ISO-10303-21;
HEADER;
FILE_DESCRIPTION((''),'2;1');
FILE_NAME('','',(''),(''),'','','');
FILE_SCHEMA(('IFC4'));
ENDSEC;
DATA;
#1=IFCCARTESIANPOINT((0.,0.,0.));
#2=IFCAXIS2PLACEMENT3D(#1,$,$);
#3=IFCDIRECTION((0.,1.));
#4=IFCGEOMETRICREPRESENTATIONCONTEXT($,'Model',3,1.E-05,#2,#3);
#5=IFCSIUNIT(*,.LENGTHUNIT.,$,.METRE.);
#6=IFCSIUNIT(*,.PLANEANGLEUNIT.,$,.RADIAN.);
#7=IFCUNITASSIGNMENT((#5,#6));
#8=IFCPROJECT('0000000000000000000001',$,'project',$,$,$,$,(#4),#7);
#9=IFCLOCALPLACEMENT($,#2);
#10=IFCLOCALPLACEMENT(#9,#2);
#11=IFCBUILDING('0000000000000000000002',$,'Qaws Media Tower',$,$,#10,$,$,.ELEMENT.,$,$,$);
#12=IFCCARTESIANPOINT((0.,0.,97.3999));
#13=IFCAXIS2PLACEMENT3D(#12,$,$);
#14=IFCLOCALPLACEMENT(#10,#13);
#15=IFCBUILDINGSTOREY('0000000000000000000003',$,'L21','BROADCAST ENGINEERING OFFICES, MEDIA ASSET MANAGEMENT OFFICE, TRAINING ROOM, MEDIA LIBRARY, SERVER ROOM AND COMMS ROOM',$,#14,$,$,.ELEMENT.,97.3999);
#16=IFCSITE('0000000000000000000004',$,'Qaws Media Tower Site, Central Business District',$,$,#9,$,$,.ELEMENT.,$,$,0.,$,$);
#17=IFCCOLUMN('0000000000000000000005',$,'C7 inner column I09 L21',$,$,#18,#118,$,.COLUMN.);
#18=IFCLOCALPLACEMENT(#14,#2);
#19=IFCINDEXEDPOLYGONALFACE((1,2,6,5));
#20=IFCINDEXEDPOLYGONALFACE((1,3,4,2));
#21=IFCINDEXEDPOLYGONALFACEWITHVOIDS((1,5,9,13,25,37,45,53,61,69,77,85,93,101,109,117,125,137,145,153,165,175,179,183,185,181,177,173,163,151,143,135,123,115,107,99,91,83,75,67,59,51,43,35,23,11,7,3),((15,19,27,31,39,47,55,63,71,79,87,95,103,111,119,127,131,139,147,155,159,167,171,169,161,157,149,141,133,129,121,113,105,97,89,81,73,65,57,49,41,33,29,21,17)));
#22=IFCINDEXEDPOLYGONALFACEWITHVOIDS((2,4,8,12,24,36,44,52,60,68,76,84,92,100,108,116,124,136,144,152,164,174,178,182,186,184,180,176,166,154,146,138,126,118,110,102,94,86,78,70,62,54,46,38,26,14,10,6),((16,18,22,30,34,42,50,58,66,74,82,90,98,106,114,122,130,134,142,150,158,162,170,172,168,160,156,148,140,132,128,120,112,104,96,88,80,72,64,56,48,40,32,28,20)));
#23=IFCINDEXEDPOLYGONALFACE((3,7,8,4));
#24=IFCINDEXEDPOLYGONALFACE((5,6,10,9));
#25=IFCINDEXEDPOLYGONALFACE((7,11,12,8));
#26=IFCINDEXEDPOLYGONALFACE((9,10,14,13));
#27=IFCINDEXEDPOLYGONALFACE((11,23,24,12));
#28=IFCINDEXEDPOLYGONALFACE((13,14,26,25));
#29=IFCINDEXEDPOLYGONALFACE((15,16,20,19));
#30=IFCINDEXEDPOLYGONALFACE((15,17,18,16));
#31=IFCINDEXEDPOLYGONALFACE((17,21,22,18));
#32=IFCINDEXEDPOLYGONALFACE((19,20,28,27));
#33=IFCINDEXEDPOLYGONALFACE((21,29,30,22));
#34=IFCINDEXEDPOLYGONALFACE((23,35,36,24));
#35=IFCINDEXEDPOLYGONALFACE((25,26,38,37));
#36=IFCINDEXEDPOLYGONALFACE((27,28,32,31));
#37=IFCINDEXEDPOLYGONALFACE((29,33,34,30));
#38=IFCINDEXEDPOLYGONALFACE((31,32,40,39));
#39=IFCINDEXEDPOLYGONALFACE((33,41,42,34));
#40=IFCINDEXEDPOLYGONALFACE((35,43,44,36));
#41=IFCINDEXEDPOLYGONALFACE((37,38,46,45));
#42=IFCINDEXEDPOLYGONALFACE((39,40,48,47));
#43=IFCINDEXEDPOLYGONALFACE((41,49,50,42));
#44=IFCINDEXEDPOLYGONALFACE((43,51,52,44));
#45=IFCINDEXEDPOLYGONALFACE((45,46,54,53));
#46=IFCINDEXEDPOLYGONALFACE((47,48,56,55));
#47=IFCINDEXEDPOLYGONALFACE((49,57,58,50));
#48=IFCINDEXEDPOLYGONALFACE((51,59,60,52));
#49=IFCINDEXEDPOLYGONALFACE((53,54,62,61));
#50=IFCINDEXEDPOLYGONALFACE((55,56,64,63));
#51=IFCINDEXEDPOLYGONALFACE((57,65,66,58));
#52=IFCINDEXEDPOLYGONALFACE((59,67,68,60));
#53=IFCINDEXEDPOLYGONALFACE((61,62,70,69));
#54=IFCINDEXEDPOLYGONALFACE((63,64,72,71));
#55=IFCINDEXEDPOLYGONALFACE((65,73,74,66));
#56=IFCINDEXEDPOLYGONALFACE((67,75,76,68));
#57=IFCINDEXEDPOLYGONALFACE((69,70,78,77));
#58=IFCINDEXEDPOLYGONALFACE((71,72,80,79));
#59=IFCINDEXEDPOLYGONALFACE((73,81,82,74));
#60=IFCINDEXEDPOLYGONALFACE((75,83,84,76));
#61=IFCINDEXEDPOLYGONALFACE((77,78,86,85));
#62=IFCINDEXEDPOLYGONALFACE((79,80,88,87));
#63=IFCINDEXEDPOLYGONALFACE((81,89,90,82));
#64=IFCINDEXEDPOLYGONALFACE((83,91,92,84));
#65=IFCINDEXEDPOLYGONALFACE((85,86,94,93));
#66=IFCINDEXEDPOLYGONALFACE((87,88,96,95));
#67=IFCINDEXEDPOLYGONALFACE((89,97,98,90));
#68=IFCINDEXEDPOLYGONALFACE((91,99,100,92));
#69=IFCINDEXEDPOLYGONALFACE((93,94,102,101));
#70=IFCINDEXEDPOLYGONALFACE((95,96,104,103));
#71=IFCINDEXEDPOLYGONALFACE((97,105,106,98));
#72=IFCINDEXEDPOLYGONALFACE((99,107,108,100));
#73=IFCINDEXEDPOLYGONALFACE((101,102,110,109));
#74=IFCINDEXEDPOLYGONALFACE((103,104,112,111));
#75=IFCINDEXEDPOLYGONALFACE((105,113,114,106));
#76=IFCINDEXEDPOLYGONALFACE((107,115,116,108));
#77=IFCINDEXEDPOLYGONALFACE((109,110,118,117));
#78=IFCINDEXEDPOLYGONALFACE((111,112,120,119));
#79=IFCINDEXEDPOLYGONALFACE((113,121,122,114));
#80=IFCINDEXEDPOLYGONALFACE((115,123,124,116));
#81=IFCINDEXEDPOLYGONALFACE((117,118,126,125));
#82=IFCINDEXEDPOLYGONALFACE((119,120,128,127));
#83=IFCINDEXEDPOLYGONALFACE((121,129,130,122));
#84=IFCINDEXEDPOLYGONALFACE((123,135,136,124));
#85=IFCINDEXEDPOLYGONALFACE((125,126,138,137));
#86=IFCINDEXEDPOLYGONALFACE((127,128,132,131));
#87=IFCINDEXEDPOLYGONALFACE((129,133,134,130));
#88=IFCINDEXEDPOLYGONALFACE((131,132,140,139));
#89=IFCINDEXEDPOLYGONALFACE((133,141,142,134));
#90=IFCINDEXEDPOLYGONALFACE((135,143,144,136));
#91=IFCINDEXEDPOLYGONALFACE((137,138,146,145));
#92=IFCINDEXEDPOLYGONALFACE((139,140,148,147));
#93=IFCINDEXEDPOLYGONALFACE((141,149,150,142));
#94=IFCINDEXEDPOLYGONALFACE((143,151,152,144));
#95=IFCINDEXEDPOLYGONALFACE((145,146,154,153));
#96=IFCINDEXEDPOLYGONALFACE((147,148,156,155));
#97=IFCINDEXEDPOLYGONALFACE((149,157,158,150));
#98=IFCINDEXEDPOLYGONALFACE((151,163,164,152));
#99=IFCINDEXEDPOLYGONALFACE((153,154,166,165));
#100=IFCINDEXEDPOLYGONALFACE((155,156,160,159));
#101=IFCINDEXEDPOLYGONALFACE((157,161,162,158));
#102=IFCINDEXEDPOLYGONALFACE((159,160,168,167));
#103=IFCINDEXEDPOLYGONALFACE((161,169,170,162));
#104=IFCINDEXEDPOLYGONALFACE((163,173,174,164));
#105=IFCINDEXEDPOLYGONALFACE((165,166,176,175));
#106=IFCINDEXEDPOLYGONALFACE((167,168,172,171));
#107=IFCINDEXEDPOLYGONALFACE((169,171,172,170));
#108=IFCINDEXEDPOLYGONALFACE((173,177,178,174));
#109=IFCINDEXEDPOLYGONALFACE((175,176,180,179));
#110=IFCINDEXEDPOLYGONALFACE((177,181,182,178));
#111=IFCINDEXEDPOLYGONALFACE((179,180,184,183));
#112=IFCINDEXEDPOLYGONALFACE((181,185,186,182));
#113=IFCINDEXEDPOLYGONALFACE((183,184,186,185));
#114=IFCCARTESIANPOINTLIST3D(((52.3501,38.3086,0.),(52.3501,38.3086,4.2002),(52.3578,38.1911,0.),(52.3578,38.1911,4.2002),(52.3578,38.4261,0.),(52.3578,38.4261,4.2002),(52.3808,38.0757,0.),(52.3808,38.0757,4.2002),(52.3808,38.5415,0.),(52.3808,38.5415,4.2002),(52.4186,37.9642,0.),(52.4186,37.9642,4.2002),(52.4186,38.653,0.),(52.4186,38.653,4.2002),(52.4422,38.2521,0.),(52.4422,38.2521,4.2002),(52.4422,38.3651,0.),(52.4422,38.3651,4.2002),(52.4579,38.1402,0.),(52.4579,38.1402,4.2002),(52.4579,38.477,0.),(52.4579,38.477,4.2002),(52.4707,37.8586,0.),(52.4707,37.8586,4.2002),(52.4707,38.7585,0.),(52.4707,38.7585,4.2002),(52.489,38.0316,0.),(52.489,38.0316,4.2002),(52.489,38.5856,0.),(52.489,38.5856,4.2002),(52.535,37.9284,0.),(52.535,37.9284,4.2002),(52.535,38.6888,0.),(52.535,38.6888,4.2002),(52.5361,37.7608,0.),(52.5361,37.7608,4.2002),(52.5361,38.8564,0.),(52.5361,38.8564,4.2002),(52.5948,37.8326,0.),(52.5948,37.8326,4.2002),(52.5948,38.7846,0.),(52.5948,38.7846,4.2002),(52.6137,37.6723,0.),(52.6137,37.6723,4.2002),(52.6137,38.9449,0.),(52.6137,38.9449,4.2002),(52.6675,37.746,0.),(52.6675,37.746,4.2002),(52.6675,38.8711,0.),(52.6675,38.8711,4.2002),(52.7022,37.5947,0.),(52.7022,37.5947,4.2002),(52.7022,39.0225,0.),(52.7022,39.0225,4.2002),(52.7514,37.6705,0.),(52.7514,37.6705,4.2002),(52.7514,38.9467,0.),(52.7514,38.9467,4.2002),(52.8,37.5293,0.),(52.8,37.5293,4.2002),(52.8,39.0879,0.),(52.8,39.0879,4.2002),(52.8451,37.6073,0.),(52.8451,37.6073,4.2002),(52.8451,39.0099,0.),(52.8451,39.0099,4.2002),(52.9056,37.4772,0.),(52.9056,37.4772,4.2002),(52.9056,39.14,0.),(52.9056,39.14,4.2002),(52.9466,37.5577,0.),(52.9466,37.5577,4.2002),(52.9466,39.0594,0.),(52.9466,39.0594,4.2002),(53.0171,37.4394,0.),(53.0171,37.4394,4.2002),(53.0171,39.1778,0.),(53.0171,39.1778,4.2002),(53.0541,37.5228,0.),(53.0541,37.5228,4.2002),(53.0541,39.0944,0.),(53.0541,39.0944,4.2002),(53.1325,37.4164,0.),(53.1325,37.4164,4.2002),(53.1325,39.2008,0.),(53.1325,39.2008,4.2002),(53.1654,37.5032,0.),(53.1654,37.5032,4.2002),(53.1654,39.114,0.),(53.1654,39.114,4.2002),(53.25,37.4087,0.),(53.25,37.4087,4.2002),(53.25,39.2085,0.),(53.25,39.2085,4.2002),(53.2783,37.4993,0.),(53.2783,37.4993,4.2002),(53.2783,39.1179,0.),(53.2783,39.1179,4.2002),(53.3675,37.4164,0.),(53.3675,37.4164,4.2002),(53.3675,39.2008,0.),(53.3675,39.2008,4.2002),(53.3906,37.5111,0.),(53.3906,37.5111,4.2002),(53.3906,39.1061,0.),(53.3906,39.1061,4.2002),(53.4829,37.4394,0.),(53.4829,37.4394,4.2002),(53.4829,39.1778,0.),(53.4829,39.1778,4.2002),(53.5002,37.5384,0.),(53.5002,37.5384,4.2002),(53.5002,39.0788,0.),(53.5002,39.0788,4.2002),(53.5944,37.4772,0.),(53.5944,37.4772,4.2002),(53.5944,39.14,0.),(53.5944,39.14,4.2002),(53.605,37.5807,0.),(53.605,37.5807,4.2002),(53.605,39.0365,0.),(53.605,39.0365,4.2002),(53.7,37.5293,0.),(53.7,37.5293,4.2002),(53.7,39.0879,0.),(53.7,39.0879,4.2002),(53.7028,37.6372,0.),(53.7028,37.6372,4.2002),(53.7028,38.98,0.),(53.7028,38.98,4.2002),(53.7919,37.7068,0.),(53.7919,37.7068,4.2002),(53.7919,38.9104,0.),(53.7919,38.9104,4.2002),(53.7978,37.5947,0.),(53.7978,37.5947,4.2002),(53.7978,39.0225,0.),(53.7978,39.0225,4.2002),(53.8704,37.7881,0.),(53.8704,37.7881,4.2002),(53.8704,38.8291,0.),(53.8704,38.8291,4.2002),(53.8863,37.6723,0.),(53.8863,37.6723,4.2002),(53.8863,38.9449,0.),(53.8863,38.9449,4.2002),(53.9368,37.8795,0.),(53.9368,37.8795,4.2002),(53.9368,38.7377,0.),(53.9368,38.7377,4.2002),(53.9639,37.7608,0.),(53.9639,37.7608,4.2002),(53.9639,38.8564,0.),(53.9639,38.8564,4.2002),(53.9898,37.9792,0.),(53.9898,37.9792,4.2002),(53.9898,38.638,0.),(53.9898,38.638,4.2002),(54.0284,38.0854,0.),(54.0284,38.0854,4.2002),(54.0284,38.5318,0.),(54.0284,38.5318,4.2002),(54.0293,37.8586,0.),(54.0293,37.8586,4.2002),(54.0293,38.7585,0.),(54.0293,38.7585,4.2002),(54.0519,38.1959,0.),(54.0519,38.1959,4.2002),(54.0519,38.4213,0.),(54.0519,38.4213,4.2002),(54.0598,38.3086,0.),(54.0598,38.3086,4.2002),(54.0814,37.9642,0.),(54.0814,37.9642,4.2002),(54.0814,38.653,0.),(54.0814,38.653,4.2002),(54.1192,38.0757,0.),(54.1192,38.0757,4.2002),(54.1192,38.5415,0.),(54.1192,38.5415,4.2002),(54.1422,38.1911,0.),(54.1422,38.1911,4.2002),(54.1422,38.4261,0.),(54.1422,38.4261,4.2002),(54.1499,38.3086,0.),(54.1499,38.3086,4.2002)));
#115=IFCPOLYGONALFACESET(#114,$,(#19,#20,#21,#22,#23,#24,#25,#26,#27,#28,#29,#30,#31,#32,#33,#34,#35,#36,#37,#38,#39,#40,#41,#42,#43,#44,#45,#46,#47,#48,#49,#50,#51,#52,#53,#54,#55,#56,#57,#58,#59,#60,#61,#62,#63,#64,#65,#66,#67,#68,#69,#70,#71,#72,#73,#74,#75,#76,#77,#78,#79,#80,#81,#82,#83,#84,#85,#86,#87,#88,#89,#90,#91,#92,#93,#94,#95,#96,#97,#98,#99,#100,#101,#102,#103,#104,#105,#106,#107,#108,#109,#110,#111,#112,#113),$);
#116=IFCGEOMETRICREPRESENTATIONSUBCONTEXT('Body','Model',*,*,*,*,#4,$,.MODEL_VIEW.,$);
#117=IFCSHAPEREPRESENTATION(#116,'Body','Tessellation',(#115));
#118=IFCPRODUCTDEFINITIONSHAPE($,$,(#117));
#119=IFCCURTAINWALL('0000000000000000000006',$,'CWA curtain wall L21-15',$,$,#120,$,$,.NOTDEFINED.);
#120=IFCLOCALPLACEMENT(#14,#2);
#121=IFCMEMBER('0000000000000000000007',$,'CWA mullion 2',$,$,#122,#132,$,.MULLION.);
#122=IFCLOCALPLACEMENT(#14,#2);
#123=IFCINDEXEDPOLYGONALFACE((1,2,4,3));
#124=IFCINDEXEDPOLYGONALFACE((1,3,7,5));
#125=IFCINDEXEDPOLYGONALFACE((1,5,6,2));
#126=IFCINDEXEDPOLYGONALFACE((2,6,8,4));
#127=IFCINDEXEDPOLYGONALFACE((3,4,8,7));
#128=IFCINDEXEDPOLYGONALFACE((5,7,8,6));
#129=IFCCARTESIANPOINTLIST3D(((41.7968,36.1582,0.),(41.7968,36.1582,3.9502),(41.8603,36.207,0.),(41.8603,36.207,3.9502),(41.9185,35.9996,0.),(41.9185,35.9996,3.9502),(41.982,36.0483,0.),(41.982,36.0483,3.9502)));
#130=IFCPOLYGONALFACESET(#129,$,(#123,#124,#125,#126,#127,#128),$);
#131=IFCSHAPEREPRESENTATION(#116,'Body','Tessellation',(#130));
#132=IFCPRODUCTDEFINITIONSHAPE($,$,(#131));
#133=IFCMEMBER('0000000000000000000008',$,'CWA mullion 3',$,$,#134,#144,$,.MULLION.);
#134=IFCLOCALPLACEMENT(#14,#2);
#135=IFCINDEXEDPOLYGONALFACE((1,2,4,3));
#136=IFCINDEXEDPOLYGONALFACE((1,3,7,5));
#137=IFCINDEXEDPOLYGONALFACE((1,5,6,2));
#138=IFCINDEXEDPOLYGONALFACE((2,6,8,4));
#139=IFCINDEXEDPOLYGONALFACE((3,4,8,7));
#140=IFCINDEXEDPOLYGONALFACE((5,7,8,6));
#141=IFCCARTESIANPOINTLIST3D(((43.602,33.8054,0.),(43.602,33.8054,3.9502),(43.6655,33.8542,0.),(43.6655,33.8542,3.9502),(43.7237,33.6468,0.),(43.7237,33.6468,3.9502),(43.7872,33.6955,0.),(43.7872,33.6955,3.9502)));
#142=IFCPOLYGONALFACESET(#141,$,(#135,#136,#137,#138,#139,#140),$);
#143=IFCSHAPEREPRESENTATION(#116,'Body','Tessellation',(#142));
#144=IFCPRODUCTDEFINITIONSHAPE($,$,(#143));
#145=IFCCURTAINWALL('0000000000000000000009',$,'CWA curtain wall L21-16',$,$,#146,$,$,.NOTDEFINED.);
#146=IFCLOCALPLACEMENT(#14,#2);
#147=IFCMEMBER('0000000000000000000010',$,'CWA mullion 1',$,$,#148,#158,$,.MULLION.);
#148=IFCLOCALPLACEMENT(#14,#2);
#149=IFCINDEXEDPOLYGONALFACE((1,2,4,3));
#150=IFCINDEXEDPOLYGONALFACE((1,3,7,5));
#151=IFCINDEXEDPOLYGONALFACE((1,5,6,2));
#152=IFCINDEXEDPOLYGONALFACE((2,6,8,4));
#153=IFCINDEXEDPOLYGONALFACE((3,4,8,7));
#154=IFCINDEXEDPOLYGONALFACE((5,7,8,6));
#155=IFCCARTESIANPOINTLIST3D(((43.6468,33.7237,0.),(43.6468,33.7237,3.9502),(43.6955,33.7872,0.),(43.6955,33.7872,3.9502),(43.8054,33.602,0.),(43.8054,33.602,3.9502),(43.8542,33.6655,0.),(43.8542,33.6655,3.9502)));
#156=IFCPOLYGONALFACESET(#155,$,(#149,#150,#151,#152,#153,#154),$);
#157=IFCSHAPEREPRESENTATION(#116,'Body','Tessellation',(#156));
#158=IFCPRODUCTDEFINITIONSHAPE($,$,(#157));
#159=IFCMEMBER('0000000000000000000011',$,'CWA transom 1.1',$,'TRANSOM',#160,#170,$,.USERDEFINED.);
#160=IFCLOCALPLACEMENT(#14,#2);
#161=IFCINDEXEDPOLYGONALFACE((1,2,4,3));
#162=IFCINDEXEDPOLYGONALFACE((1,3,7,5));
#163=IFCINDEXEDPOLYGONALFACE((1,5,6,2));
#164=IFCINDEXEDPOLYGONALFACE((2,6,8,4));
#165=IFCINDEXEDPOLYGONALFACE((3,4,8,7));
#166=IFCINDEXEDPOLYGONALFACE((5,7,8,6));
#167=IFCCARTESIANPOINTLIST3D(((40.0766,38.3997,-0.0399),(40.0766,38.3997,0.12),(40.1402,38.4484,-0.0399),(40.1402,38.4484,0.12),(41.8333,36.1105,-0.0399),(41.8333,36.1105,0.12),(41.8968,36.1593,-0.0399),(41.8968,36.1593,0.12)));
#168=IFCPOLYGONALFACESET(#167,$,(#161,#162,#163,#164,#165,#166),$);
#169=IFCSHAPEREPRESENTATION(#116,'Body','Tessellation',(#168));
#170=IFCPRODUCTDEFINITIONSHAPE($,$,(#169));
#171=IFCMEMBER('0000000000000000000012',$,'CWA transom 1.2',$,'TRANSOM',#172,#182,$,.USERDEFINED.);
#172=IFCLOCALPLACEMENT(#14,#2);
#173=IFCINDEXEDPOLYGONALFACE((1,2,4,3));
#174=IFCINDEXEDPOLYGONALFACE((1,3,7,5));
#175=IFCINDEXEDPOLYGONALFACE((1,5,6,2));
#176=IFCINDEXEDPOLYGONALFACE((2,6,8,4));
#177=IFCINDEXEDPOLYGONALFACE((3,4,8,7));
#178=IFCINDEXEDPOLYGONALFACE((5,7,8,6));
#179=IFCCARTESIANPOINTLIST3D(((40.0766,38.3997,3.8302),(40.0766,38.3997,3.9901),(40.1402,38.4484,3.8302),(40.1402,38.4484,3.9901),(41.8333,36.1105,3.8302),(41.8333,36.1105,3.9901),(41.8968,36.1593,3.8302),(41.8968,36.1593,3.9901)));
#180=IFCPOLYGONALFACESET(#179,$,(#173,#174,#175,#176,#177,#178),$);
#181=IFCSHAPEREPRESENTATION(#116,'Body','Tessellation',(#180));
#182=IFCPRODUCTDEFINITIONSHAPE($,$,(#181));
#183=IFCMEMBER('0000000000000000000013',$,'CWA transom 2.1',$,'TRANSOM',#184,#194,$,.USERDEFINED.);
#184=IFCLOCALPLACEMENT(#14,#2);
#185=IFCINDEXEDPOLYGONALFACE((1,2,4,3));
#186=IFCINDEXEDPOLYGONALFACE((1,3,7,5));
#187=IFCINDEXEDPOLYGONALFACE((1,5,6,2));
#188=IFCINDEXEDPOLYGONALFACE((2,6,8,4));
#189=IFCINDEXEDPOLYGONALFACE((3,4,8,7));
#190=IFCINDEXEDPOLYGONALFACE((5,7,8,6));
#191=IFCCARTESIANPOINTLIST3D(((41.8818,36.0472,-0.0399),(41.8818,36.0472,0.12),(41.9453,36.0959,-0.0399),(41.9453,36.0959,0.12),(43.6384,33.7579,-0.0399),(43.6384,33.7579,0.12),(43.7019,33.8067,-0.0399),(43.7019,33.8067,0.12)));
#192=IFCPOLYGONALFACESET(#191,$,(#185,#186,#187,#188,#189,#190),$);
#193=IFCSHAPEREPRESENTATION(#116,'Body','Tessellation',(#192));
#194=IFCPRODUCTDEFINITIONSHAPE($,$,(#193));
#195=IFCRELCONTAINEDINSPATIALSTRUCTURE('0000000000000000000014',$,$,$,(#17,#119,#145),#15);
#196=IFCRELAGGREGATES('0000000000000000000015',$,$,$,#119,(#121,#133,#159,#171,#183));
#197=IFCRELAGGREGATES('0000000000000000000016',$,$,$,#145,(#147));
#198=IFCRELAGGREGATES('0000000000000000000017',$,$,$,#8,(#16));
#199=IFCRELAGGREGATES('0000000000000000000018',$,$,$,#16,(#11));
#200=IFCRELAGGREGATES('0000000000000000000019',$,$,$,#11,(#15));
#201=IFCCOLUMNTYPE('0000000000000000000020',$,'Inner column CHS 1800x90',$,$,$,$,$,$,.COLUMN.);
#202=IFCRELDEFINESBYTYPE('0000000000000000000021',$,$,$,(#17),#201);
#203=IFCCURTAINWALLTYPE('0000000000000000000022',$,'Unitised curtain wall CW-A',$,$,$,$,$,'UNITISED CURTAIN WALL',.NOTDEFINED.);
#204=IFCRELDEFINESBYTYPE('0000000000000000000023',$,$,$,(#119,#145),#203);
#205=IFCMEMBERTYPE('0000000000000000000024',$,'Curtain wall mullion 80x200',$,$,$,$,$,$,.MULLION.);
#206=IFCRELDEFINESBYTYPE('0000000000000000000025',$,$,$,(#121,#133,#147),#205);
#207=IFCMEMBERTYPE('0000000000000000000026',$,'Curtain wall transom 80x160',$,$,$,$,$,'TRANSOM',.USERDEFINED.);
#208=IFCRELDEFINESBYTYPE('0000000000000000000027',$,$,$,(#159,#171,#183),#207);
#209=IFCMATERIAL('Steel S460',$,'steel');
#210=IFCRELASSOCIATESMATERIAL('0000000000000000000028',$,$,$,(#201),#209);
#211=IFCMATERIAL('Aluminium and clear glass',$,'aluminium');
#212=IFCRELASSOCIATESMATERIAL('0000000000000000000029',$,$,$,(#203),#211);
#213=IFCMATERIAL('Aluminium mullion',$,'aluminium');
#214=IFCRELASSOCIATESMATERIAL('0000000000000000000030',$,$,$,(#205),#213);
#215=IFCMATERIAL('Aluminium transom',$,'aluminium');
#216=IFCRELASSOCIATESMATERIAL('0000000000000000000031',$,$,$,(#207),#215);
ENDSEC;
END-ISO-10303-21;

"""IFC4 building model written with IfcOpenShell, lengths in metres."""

from ifc_helpers import new_model, si_unit, direction, frame, origin, origin_2d, place, context, subcontext, project, spatial, rectangle, hollow_circle, extrude, material, material_profile, profile_set, type_object, element, aggregate, save


model = new_model("IFC4")

# Units and contexts
model_context = context("Model", 3, precision=1e-05, world=origin(), true_north=direction((0.0, 1.0)))
body_context = subcontext(model_context, "Body", "Model", "MODEL_VIEW")
ifc_project = project(units=[si_unit("LENGTHUNIT", "METRE"), si_unit("PLANEANGLEUNIT", "RADIAN")], contexts=[model_context])

# Site, building, storey
site_placement = place(None, origin())
site = spatial("IfcSite", under=ifc_project, at=site_placement, Name="Qaws Media Tower Site, Central Business District", CompositionType="ELEMENT", RefElevation=0.0)
building_placement = place(site_placement, origin())
building = spatial("IfcBuilding", under=site, at=building_placement, Name="Qaws Media Tower", CompositionType="ELEMENT")
storey_placement = place(building_placement, frame((0.0, 0.0, 97.3999)))
storey = spatial("IfcBuildingStorey", under=building, at=storey_placement, Name="L21", Description="BROADCAST ENGINEERING OFFICES, MEDIA ASSET MANAGEMENT OFFICE, TRAINING ROOM, MEDIA LIBRARY, SERVER ROOM AND COMMS ROOM", CompositionType="ELEMENT", Elevation=97.3999)

# Column
ifc_material_1 = material(Name="Steel S460", Category="steel")
ifc_material_profile_1 = material_profile(ifc_material_1, hollow_circle(Radius=0.8999, WallThickness=0.0901, at=origin_2d()), Name="CHS 1800x90")
ifc_profile_set_1 = profile_set([ifc_material_profile_1], Name="Steel S460")
column_type = type_object("IfcColumnType", Name="Inner column CHS 1800x90", PredefinedType="COLUMN", material=ifc_profile_set_1)
for number, where, z_axis, x_axis, name in (
    (1, (53.25, 38.3086, 0.0), (0.0, 0.0, 1.0), (1.0, 0.0, 0.0), "C7 inner column I09 L21"),
):
    element("IfcColumn", number, at=place(storey_placement, frame(where, z_axis=z_axis, x_axis=x_axis)), inside=storey, type_object=column_type, Name=name, PredefinedType="COLUMN", context=body_context, shape_type="SweptSolid", body=[
        extrude(hollow_circle(Radius=0.8999, WallThickness=0.0901, at=origin_2d()), origin(), (0.0, 0.0, 1.0), 4.2002),
    ])

# Curtain wall, members
ifc_material_2 = material(Name="Aluminium and clear glass", Category="aluminium")
curtain_wall_type = type_object("IfcCurtainWallType", Name="Unitised curtain wall CW-A", ElementType="UNITISED CURTAIN WALL", PredefinedType="NOTDEFINED", material=ifc_material_2)
curtain_wall_1_placement = place(storey_placement, origin())
curtain_wall_1 = element("IfcCurtainWall", 2, at=curtain_wall_1_placement, inside=storey, type_object=curtain_wall_type, Name="CWA curtain wall L21-15", PredefinedType="NOTDEFINED")
ifc_material_3 = material(Name="Aluminium mullion", Category="aluminium")
ifc_material_profile_2 = material_profile(ifc_material_3, rectangle(XDim=0.0801, YDim=0.2, at=origin_2d()), Name="80x200")
ifc_profile_set_2 = profile_set([ifc_material_profile_2], Name="Aluminium mullion")
member_type_1 = type_object("IfcMemberType", Name="Curtain wall mullion 80x200", PredefinedType="MULLION", material=ifc_profile_set_2)
member_1_placement = place(storey_placement, frame((41.8894, 36.1033, 0.0), z_axis=(0.0, 0.0, 1.0), x_axis=(0.793353, 0.608761, 0.0)))
member_1 = element("IfcMember", 3, at=member_1_placement, type_object=member_type_1, Name="CWA mullion 2", PredefinedType="MULLION", context=body_context, shape_type="SweptSolid", body=[
    extrude(rectangle(XDim=0.0801, YDim=0.2, at=origin_2d()), origin(), (0.0, 0.0, 1.0), 3.9502),
])
member_2_placement = place(storey_placement, frame((43.6946, 33.7505, 0.0), z_axis=(0.0, 0.0, 1.0), x_axis=(0.793353, 0.608761, 0.0)))
member_2 = element("IfcMember", 4, at=member_2_placement, type_object=member_type_1, Name="CWA mullion 3", PredefinedType="MULLION", context=body_context, shape_type="SweptSolid", body=[
    extrude(rectangle(XDim=0.0801, YDim=0.2, at=origin_2d()), origin(), (0.0, 0.0, 1.0), 3.9502),
])

# Curtain wall, member
curtain_wall_2_placement = place(storey_placement, origin())
curtain_wall_2 = element("IfcCurtainWall", 5, at=curtain_wall_2_placement, inside=storey, type_object=curtain_wall_type, Name="CWA curtain wall L21-16", PredefinedType="NOTDEFINED")
member_3_placement = place(storey_placement, frame((43.7505, 33.6946, 0.0), z_axis=(0.0, 0.0, 1.0), x_axis=(0.608761, 0.793353, 0.0)))
member_3 = element("IfcMember", 6, at=member_3_placement, type_object=member_type_1, Name="CWA mullion 1", PredefinedType="MULLION", context=body_context, shape_type="SweptSolid", body=[
    extrude(rectangle(XDim=0.0801, YDim=0.2, at=origin_2d()), origin(), (0.0, 0.0, 1.0), 3.9502),
])

# Members
ifc_material_4 = material(Name="Aluminium transom", Category="aluminium")
ifc_material_profile_3 = material_profile(ifc_material_4, rectangle(XDim=0.0801, YDim=0.1599, at=origin_2d()), Name="80x160")
ifc_profile_set_3 = profile_set([ifc_material_profile_3], Name="Aluminium transom")
member_type_2 = type_object("IfcMemberType", Name="Curtain wall transom 80x160", ElementType="TRANSOM", PredefinedType="USERDEFINED", material=ifc_profile_set_3)
member_4_placement = place(storey_placement, frame((40.1084, 38.4241, 0.04), z_axis=(0.60879, -0.793331, 0.0), x_axis=(0.793331, 0.60879, 0.0)))
member_4 = element("IfcMember", 7, at=member_4_placement, type_object=member_type_2, Name="CWA transom 1.1", ObjectType="TRANSOM", PredefinedType="USERDEFINED", context=body_context, shape_type="SweptSolid", body=[
    extrude(rectangle(XDim=0.0801, YDim=0.1599, at=origin_2d()), origin(), (0.0, 0.0, 1.0), 2.8855),
])
member_5_placement = place(storey_placement, frame((40.1084, 38.4241, 3.9102), z_axis=(0.60879, -0.793331, 0.0), x_axis=(0.793331, 0.60879, 0.0)))
member_5 = element("IfcMember", 8, at=member_5_placement, type_object=member_type_2, Name="CWA transom 1.2", ObjectType="TRANSOM", PredefinedType="USERDEFINED", context=body_context, shape_type="SweptSolid", body=[
    extrude(rectangle(XDim=0.0801, YDim=0.1599, at=origin_2d()), origin(), (0.0, 0.0, 1.0), 2.8855),
])
member_6_placement = place(storey_placement, frame((41.9136, 36.0715, 0.04), z_axis=(0.608749, -0.793363, 0.0), x_axis=(0.793363, 0.608749, 0.0)))
member_6 = element("IfcMember", 9, at=member_6_placement, type_object=member_type_2, Name="CWA transom 2.1", ObjectType="TRANSOM", PredefinedType="USERDEFINED", context=body_context, shape_type="SweptSolid", body=[
    extrude(rectangle(XDim=0.0801, YDim=0.1599, at=origin_2d()), origin(), (0.0, 0.0, 1.0), 2.8855),
])

aggregate(curtain_wall_1, [member_1, member_2, member_4, member_5, member_6])
aggregate(curtain_wall_2, [member_3])

save(model, "model.ifc")
